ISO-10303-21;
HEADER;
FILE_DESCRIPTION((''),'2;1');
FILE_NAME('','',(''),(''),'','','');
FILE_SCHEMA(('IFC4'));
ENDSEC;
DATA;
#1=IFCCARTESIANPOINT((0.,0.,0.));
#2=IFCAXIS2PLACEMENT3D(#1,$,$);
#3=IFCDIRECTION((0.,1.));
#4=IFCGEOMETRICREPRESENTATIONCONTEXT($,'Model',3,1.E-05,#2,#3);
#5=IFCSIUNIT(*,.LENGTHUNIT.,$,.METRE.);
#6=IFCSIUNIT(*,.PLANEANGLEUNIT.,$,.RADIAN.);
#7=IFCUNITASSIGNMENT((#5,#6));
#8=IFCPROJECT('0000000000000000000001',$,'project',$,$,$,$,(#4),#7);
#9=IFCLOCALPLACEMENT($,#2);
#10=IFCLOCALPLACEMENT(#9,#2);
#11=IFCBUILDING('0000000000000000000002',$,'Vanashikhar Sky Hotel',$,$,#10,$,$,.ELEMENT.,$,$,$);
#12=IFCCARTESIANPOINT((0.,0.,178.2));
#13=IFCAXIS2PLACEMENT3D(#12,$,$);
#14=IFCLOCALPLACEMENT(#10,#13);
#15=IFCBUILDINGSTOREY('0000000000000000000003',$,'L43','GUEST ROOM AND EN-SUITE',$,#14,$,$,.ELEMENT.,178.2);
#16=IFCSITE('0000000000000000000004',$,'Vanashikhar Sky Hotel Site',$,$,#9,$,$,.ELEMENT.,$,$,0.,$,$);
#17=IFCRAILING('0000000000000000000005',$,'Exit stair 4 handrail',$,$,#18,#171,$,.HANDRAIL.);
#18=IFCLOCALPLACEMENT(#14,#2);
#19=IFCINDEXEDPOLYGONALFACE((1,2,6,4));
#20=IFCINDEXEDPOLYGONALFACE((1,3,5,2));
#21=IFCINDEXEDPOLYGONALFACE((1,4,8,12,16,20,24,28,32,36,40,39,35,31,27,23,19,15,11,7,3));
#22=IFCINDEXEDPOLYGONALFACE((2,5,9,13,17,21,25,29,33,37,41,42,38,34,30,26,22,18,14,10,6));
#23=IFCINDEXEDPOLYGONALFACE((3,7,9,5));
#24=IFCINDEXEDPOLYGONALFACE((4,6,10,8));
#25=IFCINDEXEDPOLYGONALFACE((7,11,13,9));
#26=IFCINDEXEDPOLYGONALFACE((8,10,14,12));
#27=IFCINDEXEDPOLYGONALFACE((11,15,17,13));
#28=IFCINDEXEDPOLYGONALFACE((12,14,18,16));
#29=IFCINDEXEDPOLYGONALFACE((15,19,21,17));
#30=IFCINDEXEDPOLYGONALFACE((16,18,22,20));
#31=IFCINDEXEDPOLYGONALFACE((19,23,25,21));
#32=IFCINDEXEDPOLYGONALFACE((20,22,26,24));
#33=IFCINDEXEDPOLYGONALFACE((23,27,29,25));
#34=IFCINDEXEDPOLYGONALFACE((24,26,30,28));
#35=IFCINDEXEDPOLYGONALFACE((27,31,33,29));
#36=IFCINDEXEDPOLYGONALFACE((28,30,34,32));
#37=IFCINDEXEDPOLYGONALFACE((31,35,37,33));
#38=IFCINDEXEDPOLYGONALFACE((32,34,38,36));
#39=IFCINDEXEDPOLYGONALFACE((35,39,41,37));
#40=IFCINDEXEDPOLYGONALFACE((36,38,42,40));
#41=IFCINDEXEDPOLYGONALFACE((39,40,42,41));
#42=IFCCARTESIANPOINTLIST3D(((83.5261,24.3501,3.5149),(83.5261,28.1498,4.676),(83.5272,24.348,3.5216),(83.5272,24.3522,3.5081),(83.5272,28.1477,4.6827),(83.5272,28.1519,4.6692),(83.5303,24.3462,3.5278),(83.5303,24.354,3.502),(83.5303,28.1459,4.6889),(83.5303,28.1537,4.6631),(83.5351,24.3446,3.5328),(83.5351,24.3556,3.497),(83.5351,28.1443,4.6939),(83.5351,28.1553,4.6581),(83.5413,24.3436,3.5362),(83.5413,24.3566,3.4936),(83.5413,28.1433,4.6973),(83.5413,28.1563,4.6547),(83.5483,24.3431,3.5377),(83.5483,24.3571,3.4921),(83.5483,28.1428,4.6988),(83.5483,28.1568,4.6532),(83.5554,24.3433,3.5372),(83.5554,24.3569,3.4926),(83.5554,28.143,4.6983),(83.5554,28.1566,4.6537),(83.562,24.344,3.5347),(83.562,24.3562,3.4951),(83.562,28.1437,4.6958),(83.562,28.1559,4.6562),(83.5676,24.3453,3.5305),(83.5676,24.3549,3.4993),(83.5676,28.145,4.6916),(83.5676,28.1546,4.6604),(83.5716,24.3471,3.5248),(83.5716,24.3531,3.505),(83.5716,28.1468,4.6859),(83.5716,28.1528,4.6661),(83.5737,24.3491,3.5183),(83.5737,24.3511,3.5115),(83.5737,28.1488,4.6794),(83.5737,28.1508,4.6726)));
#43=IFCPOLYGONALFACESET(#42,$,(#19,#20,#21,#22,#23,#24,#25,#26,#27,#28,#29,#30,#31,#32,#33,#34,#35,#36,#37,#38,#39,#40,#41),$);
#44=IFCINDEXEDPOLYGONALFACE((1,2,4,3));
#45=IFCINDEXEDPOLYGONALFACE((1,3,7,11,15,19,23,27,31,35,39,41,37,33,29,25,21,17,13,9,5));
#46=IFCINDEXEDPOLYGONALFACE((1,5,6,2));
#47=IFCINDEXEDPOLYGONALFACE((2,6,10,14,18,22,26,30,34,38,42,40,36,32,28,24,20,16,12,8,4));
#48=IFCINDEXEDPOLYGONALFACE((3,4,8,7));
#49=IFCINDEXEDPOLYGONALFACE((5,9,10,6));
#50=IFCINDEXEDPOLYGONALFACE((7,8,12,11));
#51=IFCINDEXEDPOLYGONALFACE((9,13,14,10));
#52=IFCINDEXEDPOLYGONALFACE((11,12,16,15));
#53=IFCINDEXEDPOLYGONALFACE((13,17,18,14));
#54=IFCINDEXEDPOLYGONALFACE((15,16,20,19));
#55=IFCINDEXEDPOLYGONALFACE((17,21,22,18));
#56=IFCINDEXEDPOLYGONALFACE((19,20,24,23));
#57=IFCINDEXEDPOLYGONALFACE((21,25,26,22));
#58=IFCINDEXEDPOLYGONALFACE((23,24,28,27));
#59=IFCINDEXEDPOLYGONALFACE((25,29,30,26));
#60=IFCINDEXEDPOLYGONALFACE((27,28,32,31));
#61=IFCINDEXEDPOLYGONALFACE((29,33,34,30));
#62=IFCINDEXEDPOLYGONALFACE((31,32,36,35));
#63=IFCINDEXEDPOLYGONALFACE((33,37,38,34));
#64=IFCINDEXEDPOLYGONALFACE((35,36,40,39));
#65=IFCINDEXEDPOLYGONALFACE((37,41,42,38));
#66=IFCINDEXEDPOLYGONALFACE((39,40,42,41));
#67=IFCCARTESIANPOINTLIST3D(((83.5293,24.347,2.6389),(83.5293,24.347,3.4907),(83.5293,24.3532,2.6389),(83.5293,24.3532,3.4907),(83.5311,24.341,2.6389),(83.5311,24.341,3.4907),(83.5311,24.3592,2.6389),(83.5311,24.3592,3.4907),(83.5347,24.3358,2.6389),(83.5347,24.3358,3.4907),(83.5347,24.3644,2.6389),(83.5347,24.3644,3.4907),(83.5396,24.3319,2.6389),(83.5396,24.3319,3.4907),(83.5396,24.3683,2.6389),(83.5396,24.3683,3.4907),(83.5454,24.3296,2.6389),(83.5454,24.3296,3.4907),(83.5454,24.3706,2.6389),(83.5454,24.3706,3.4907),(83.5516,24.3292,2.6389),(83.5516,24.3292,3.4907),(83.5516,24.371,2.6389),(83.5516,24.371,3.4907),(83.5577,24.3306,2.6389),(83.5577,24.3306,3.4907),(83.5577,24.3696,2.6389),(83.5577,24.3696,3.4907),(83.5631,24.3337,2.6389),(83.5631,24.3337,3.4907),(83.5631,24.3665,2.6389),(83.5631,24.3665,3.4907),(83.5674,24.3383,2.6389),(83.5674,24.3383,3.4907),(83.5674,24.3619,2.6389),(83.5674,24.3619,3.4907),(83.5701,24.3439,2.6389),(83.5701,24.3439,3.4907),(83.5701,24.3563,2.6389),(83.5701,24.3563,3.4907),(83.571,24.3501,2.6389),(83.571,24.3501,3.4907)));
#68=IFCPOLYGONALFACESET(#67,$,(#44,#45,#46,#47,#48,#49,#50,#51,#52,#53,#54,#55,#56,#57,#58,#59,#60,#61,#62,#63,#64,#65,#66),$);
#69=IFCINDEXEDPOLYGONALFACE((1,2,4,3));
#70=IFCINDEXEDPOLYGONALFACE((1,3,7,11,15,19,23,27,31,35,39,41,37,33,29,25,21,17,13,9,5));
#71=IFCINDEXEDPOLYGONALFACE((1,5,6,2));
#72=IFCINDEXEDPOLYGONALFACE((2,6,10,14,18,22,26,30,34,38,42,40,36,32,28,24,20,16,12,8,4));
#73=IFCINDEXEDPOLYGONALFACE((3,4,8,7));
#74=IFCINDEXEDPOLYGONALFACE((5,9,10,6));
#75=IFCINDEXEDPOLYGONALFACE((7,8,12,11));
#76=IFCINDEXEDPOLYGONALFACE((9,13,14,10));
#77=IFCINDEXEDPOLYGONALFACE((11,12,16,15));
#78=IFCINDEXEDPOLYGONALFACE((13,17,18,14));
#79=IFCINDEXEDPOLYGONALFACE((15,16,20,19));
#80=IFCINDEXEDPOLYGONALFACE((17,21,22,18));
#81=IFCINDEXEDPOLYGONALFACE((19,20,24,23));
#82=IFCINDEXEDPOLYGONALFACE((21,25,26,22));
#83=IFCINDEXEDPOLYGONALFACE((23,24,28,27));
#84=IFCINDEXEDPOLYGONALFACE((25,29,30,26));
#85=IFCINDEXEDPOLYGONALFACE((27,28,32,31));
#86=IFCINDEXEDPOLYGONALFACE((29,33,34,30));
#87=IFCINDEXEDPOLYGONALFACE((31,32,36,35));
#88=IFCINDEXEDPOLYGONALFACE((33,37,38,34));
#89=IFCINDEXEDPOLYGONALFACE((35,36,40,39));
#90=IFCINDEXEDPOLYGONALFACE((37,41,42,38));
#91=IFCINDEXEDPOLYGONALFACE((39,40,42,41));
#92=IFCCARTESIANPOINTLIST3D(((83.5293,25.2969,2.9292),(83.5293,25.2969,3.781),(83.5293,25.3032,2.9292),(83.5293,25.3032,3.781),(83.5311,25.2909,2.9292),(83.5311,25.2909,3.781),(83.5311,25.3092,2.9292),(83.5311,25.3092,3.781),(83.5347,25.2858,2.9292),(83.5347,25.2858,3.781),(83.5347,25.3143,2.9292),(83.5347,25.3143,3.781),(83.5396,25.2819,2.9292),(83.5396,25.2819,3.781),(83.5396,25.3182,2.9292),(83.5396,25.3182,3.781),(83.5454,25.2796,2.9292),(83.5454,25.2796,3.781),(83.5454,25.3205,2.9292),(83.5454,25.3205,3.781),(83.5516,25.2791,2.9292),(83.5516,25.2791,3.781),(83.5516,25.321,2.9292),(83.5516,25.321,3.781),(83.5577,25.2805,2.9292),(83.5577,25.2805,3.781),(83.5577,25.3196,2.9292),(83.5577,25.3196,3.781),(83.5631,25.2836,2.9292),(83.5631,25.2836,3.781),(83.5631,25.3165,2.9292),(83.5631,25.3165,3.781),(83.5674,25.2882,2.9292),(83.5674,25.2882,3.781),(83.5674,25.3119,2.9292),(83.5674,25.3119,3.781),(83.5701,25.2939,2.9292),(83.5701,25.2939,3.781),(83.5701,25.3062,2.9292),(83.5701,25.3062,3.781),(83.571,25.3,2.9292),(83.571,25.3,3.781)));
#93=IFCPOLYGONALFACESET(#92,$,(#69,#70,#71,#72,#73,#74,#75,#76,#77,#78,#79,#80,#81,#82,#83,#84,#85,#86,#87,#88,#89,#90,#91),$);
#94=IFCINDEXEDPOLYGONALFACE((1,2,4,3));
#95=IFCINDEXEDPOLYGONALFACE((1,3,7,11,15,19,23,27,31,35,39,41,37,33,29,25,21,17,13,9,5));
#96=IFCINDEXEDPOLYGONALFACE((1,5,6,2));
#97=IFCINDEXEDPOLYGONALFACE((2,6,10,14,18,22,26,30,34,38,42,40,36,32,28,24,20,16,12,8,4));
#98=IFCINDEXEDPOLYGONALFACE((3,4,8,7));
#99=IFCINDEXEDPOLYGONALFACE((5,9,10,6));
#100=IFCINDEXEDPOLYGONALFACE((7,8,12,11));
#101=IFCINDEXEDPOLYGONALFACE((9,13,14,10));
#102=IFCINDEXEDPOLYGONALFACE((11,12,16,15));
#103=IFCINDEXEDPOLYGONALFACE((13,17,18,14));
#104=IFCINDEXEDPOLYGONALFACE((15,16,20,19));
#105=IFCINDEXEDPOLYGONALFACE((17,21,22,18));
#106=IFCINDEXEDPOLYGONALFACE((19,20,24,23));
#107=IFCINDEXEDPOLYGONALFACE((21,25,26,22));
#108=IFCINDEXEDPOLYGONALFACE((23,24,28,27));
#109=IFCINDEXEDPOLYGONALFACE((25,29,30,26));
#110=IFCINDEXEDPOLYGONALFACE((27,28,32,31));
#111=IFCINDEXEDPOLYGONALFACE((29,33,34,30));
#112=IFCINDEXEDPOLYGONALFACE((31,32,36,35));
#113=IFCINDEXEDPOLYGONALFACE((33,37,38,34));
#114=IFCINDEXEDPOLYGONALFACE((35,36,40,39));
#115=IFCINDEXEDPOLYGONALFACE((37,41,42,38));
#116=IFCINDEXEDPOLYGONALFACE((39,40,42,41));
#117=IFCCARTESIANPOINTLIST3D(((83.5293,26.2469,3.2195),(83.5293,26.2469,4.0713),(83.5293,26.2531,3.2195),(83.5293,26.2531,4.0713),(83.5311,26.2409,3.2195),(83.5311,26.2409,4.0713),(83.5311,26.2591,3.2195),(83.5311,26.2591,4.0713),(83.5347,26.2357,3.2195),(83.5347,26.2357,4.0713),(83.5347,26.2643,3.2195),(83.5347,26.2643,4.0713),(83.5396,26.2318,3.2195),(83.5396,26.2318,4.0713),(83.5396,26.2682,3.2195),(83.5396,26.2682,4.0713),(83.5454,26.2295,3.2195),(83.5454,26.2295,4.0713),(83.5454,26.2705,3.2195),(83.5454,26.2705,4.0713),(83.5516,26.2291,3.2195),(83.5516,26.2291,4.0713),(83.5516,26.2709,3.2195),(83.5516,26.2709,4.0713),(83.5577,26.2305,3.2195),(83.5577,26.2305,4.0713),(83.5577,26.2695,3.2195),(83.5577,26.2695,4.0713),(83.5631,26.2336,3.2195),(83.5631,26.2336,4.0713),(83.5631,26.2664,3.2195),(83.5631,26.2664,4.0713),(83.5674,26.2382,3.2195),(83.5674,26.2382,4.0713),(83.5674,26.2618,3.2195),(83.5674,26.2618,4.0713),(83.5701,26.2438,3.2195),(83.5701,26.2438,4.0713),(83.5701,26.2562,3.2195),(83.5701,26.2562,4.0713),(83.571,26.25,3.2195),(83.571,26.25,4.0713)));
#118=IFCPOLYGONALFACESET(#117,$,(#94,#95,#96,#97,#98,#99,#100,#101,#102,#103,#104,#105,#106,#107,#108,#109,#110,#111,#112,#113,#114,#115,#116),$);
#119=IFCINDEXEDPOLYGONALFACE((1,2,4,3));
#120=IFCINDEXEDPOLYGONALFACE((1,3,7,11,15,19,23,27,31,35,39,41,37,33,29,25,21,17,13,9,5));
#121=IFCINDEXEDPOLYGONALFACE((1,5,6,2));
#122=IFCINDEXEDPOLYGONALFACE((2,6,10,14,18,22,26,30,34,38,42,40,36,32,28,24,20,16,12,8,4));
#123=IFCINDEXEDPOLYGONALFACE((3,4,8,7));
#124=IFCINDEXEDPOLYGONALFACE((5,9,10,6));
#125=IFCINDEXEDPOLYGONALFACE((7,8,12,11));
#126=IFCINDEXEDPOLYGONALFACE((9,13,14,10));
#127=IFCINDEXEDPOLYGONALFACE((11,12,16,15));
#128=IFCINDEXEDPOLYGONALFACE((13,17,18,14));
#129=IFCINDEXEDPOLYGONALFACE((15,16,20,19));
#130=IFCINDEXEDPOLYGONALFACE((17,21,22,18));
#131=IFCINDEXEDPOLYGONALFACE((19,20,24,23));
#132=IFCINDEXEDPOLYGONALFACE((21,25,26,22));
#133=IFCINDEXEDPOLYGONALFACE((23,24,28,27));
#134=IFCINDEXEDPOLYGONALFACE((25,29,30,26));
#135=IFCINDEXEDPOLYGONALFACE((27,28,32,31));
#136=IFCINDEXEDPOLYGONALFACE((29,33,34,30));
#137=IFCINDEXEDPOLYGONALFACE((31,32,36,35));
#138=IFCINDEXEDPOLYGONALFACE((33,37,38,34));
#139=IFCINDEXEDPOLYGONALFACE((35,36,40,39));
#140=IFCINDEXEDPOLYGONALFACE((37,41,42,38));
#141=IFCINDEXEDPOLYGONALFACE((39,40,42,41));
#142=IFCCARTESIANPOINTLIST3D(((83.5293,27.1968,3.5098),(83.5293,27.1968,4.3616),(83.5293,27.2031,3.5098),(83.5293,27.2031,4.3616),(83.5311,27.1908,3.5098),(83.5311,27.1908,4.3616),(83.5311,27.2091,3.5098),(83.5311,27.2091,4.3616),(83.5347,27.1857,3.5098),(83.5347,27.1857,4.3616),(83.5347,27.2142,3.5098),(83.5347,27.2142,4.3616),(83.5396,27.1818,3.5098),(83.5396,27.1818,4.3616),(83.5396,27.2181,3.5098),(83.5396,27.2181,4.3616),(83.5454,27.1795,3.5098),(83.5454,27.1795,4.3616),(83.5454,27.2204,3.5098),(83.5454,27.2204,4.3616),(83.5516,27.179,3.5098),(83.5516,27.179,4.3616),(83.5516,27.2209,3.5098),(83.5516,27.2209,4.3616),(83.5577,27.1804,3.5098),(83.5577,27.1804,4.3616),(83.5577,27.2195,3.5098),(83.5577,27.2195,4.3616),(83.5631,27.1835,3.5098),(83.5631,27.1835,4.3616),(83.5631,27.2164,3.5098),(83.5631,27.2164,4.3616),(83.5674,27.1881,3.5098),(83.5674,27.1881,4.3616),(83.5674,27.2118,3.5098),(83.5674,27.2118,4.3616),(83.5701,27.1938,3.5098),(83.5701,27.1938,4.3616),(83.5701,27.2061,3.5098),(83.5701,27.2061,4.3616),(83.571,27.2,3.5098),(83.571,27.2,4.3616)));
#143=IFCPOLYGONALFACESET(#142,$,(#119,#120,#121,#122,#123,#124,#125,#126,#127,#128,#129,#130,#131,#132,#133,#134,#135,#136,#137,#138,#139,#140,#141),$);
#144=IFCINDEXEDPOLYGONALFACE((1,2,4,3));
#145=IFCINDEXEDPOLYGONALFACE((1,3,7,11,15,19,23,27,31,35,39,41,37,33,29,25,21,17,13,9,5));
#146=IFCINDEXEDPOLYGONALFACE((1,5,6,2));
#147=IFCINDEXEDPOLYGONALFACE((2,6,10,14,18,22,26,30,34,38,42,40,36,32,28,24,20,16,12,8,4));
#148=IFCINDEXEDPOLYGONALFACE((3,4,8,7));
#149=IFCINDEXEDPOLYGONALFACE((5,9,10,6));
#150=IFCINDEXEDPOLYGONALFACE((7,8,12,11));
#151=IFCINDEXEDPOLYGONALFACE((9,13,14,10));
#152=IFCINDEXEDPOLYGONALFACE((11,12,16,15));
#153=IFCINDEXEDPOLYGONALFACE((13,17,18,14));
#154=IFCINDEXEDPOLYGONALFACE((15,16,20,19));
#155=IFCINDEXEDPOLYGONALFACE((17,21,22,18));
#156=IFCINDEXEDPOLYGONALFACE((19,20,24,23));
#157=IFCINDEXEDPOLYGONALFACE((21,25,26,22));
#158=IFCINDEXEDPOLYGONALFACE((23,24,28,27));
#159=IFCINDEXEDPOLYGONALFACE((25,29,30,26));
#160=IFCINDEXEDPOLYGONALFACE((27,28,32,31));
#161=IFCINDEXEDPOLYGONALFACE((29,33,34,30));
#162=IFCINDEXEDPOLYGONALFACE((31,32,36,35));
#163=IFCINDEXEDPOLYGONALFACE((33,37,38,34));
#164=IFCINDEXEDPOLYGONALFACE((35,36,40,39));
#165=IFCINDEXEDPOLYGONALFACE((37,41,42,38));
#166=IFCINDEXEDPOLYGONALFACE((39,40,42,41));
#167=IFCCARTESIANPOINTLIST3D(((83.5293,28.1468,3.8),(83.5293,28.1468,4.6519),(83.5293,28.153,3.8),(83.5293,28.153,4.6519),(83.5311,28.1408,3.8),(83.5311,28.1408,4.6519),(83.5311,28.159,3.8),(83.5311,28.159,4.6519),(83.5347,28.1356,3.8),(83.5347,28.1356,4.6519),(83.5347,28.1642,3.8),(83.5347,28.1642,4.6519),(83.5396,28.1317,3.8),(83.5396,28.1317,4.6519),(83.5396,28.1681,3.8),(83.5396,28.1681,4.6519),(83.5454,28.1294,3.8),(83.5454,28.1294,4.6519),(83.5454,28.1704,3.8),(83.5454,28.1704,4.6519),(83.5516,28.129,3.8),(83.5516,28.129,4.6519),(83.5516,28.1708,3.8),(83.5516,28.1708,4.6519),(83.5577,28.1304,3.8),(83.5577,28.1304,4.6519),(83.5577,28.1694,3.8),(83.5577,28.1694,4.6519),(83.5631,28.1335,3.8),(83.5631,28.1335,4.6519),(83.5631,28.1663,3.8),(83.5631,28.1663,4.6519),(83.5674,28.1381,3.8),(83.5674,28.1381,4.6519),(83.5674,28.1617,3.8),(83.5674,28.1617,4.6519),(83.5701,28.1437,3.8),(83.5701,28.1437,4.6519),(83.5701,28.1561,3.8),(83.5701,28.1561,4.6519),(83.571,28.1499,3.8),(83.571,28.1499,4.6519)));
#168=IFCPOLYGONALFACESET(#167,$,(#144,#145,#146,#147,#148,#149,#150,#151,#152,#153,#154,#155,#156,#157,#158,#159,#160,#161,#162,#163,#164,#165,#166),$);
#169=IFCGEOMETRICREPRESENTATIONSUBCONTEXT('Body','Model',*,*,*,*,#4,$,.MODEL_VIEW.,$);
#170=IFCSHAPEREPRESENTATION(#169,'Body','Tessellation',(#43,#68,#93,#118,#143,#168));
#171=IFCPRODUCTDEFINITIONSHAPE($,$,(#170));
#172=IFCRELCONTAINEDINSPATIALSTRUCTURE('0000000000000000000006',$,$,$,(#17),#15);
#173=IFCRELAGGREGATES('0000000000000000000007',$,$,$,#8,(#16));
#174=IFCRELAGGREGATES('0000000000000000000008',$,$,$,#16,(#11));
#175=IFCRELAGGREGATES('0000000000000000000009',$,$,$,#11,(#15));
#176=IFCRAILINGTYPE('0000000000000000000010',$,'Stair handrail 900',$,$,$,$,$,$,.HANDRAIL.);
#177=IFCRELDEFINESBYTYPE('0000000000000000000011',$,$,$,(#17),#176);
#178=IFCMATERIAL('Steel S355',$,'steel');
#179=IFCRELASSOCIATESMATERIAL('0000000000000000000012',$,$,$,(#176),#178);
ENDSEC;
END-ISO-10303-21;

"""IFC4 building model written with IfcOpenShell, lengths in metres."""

from ifc_helpers import new_model, si_unit, direction, frame, origin, origin_2d, place, context, subcontext, project, spatial, circle, extrude, source, transform, mapped, material, type_object, element, save


model = new_model("IFC4")

# Units and contexts
model_context = context("Model", 3, precision=1e-05, world=origin(), true_north=direction((0.0, 1.0)))
body_context = subcontext(model_context, "Body", "Model", "MODEL_VIEW")
ifc_project = project(units=[si_unit("LENGTHUNIT", "METRE"), si_unit("PLANEANGLEUNIT", "RADIAN")], contexts=[model_context])

# Site, building, storey
site_placement = place(None, origin())
site = spatial("IfcSite", under=ifc_project, at=site_placement, Name="Vanashikhar Sky Hotel Site", CompositionType="ELEMENT", RefElevation=0.0)
building_placement = place(site_placement, origin())
building = spatial("IfcBuilding", under=site, at=building_placement, Name="Vanashikhar Sky Hotel", CompositionType="ELEMENT")
storey_placement = place(building_placement, frame((0.0, 0.0, 178.2)))
storey = spatial("IfcBuildingStorey", under=building, at=storey_placement, Name="L43", Description="GUEST ROOM AND EN-SUITE", CompositionType="ELEMENT", Elevation=178.2)

# Railing
ifc_material_1 = material(Name="Steel S355", Category="steel")
railing_type = type_object("IfcRailingType", Name="Stair handrail 900", PredefinedType="HANDRAIL", material=ifc_material_1)
shared_shape_1 = source(origin(), body_context, "Body", "SweptSolid", [
    extrude(circle(Radius=0.0239, at=origin_2d()), frame((0.0, 0.0, 0.876), z_axis=(0.0, 0.956346, 0.292237), x_axis=(-1.0, 0.0, 0.0)), (0.0, 0.0, 1.0), 3.9731),
    extrude(circle(Radius=0.021, at=origin_2d()), origin(), (0.0, 0.0, 1.0), 0.8518),
    extrude(circle(Radius=0.021, at=origin_2d()), frame((0.0, 0.95, 0.2903)), (0.0, 0.0, 1.0), 0.8518),
    extrude(circle(Radius=0.021, at=origin_2d()), frame((0.0, 1.8999, 0.5806)), (0.0, 0.0, 1.0), 0.8518),
    extrude(circle(Radius=0.021, at=origin_2d()), frame((0.0, 2.8499, 0.8708)), (0.0, 0.0, 1.0), 0.8518),
    extrude(circle(Radius=0.021, at=origin_2d()), frame((0.0, 3.7998, 1.1611)), (0.0, 0.0, 1.0), 0.8518),
])
railing_1_placement = place(storey_placement, frame((83.55, 24.3501, 2.6389)))
element("IfcRailing", 1, at=railing_1_placement, inside=storey, type_object=railing_type, Name="Exit stair 4 handrail", PredefinedType="HANDRAIL", context=body_context, shape_type="MappedRepresentation", body=[
    mapped(shared_shape_1, transform((0.0, 0.0, 0.0), scale=1.0)),
])

save(model, "model.ifc")
